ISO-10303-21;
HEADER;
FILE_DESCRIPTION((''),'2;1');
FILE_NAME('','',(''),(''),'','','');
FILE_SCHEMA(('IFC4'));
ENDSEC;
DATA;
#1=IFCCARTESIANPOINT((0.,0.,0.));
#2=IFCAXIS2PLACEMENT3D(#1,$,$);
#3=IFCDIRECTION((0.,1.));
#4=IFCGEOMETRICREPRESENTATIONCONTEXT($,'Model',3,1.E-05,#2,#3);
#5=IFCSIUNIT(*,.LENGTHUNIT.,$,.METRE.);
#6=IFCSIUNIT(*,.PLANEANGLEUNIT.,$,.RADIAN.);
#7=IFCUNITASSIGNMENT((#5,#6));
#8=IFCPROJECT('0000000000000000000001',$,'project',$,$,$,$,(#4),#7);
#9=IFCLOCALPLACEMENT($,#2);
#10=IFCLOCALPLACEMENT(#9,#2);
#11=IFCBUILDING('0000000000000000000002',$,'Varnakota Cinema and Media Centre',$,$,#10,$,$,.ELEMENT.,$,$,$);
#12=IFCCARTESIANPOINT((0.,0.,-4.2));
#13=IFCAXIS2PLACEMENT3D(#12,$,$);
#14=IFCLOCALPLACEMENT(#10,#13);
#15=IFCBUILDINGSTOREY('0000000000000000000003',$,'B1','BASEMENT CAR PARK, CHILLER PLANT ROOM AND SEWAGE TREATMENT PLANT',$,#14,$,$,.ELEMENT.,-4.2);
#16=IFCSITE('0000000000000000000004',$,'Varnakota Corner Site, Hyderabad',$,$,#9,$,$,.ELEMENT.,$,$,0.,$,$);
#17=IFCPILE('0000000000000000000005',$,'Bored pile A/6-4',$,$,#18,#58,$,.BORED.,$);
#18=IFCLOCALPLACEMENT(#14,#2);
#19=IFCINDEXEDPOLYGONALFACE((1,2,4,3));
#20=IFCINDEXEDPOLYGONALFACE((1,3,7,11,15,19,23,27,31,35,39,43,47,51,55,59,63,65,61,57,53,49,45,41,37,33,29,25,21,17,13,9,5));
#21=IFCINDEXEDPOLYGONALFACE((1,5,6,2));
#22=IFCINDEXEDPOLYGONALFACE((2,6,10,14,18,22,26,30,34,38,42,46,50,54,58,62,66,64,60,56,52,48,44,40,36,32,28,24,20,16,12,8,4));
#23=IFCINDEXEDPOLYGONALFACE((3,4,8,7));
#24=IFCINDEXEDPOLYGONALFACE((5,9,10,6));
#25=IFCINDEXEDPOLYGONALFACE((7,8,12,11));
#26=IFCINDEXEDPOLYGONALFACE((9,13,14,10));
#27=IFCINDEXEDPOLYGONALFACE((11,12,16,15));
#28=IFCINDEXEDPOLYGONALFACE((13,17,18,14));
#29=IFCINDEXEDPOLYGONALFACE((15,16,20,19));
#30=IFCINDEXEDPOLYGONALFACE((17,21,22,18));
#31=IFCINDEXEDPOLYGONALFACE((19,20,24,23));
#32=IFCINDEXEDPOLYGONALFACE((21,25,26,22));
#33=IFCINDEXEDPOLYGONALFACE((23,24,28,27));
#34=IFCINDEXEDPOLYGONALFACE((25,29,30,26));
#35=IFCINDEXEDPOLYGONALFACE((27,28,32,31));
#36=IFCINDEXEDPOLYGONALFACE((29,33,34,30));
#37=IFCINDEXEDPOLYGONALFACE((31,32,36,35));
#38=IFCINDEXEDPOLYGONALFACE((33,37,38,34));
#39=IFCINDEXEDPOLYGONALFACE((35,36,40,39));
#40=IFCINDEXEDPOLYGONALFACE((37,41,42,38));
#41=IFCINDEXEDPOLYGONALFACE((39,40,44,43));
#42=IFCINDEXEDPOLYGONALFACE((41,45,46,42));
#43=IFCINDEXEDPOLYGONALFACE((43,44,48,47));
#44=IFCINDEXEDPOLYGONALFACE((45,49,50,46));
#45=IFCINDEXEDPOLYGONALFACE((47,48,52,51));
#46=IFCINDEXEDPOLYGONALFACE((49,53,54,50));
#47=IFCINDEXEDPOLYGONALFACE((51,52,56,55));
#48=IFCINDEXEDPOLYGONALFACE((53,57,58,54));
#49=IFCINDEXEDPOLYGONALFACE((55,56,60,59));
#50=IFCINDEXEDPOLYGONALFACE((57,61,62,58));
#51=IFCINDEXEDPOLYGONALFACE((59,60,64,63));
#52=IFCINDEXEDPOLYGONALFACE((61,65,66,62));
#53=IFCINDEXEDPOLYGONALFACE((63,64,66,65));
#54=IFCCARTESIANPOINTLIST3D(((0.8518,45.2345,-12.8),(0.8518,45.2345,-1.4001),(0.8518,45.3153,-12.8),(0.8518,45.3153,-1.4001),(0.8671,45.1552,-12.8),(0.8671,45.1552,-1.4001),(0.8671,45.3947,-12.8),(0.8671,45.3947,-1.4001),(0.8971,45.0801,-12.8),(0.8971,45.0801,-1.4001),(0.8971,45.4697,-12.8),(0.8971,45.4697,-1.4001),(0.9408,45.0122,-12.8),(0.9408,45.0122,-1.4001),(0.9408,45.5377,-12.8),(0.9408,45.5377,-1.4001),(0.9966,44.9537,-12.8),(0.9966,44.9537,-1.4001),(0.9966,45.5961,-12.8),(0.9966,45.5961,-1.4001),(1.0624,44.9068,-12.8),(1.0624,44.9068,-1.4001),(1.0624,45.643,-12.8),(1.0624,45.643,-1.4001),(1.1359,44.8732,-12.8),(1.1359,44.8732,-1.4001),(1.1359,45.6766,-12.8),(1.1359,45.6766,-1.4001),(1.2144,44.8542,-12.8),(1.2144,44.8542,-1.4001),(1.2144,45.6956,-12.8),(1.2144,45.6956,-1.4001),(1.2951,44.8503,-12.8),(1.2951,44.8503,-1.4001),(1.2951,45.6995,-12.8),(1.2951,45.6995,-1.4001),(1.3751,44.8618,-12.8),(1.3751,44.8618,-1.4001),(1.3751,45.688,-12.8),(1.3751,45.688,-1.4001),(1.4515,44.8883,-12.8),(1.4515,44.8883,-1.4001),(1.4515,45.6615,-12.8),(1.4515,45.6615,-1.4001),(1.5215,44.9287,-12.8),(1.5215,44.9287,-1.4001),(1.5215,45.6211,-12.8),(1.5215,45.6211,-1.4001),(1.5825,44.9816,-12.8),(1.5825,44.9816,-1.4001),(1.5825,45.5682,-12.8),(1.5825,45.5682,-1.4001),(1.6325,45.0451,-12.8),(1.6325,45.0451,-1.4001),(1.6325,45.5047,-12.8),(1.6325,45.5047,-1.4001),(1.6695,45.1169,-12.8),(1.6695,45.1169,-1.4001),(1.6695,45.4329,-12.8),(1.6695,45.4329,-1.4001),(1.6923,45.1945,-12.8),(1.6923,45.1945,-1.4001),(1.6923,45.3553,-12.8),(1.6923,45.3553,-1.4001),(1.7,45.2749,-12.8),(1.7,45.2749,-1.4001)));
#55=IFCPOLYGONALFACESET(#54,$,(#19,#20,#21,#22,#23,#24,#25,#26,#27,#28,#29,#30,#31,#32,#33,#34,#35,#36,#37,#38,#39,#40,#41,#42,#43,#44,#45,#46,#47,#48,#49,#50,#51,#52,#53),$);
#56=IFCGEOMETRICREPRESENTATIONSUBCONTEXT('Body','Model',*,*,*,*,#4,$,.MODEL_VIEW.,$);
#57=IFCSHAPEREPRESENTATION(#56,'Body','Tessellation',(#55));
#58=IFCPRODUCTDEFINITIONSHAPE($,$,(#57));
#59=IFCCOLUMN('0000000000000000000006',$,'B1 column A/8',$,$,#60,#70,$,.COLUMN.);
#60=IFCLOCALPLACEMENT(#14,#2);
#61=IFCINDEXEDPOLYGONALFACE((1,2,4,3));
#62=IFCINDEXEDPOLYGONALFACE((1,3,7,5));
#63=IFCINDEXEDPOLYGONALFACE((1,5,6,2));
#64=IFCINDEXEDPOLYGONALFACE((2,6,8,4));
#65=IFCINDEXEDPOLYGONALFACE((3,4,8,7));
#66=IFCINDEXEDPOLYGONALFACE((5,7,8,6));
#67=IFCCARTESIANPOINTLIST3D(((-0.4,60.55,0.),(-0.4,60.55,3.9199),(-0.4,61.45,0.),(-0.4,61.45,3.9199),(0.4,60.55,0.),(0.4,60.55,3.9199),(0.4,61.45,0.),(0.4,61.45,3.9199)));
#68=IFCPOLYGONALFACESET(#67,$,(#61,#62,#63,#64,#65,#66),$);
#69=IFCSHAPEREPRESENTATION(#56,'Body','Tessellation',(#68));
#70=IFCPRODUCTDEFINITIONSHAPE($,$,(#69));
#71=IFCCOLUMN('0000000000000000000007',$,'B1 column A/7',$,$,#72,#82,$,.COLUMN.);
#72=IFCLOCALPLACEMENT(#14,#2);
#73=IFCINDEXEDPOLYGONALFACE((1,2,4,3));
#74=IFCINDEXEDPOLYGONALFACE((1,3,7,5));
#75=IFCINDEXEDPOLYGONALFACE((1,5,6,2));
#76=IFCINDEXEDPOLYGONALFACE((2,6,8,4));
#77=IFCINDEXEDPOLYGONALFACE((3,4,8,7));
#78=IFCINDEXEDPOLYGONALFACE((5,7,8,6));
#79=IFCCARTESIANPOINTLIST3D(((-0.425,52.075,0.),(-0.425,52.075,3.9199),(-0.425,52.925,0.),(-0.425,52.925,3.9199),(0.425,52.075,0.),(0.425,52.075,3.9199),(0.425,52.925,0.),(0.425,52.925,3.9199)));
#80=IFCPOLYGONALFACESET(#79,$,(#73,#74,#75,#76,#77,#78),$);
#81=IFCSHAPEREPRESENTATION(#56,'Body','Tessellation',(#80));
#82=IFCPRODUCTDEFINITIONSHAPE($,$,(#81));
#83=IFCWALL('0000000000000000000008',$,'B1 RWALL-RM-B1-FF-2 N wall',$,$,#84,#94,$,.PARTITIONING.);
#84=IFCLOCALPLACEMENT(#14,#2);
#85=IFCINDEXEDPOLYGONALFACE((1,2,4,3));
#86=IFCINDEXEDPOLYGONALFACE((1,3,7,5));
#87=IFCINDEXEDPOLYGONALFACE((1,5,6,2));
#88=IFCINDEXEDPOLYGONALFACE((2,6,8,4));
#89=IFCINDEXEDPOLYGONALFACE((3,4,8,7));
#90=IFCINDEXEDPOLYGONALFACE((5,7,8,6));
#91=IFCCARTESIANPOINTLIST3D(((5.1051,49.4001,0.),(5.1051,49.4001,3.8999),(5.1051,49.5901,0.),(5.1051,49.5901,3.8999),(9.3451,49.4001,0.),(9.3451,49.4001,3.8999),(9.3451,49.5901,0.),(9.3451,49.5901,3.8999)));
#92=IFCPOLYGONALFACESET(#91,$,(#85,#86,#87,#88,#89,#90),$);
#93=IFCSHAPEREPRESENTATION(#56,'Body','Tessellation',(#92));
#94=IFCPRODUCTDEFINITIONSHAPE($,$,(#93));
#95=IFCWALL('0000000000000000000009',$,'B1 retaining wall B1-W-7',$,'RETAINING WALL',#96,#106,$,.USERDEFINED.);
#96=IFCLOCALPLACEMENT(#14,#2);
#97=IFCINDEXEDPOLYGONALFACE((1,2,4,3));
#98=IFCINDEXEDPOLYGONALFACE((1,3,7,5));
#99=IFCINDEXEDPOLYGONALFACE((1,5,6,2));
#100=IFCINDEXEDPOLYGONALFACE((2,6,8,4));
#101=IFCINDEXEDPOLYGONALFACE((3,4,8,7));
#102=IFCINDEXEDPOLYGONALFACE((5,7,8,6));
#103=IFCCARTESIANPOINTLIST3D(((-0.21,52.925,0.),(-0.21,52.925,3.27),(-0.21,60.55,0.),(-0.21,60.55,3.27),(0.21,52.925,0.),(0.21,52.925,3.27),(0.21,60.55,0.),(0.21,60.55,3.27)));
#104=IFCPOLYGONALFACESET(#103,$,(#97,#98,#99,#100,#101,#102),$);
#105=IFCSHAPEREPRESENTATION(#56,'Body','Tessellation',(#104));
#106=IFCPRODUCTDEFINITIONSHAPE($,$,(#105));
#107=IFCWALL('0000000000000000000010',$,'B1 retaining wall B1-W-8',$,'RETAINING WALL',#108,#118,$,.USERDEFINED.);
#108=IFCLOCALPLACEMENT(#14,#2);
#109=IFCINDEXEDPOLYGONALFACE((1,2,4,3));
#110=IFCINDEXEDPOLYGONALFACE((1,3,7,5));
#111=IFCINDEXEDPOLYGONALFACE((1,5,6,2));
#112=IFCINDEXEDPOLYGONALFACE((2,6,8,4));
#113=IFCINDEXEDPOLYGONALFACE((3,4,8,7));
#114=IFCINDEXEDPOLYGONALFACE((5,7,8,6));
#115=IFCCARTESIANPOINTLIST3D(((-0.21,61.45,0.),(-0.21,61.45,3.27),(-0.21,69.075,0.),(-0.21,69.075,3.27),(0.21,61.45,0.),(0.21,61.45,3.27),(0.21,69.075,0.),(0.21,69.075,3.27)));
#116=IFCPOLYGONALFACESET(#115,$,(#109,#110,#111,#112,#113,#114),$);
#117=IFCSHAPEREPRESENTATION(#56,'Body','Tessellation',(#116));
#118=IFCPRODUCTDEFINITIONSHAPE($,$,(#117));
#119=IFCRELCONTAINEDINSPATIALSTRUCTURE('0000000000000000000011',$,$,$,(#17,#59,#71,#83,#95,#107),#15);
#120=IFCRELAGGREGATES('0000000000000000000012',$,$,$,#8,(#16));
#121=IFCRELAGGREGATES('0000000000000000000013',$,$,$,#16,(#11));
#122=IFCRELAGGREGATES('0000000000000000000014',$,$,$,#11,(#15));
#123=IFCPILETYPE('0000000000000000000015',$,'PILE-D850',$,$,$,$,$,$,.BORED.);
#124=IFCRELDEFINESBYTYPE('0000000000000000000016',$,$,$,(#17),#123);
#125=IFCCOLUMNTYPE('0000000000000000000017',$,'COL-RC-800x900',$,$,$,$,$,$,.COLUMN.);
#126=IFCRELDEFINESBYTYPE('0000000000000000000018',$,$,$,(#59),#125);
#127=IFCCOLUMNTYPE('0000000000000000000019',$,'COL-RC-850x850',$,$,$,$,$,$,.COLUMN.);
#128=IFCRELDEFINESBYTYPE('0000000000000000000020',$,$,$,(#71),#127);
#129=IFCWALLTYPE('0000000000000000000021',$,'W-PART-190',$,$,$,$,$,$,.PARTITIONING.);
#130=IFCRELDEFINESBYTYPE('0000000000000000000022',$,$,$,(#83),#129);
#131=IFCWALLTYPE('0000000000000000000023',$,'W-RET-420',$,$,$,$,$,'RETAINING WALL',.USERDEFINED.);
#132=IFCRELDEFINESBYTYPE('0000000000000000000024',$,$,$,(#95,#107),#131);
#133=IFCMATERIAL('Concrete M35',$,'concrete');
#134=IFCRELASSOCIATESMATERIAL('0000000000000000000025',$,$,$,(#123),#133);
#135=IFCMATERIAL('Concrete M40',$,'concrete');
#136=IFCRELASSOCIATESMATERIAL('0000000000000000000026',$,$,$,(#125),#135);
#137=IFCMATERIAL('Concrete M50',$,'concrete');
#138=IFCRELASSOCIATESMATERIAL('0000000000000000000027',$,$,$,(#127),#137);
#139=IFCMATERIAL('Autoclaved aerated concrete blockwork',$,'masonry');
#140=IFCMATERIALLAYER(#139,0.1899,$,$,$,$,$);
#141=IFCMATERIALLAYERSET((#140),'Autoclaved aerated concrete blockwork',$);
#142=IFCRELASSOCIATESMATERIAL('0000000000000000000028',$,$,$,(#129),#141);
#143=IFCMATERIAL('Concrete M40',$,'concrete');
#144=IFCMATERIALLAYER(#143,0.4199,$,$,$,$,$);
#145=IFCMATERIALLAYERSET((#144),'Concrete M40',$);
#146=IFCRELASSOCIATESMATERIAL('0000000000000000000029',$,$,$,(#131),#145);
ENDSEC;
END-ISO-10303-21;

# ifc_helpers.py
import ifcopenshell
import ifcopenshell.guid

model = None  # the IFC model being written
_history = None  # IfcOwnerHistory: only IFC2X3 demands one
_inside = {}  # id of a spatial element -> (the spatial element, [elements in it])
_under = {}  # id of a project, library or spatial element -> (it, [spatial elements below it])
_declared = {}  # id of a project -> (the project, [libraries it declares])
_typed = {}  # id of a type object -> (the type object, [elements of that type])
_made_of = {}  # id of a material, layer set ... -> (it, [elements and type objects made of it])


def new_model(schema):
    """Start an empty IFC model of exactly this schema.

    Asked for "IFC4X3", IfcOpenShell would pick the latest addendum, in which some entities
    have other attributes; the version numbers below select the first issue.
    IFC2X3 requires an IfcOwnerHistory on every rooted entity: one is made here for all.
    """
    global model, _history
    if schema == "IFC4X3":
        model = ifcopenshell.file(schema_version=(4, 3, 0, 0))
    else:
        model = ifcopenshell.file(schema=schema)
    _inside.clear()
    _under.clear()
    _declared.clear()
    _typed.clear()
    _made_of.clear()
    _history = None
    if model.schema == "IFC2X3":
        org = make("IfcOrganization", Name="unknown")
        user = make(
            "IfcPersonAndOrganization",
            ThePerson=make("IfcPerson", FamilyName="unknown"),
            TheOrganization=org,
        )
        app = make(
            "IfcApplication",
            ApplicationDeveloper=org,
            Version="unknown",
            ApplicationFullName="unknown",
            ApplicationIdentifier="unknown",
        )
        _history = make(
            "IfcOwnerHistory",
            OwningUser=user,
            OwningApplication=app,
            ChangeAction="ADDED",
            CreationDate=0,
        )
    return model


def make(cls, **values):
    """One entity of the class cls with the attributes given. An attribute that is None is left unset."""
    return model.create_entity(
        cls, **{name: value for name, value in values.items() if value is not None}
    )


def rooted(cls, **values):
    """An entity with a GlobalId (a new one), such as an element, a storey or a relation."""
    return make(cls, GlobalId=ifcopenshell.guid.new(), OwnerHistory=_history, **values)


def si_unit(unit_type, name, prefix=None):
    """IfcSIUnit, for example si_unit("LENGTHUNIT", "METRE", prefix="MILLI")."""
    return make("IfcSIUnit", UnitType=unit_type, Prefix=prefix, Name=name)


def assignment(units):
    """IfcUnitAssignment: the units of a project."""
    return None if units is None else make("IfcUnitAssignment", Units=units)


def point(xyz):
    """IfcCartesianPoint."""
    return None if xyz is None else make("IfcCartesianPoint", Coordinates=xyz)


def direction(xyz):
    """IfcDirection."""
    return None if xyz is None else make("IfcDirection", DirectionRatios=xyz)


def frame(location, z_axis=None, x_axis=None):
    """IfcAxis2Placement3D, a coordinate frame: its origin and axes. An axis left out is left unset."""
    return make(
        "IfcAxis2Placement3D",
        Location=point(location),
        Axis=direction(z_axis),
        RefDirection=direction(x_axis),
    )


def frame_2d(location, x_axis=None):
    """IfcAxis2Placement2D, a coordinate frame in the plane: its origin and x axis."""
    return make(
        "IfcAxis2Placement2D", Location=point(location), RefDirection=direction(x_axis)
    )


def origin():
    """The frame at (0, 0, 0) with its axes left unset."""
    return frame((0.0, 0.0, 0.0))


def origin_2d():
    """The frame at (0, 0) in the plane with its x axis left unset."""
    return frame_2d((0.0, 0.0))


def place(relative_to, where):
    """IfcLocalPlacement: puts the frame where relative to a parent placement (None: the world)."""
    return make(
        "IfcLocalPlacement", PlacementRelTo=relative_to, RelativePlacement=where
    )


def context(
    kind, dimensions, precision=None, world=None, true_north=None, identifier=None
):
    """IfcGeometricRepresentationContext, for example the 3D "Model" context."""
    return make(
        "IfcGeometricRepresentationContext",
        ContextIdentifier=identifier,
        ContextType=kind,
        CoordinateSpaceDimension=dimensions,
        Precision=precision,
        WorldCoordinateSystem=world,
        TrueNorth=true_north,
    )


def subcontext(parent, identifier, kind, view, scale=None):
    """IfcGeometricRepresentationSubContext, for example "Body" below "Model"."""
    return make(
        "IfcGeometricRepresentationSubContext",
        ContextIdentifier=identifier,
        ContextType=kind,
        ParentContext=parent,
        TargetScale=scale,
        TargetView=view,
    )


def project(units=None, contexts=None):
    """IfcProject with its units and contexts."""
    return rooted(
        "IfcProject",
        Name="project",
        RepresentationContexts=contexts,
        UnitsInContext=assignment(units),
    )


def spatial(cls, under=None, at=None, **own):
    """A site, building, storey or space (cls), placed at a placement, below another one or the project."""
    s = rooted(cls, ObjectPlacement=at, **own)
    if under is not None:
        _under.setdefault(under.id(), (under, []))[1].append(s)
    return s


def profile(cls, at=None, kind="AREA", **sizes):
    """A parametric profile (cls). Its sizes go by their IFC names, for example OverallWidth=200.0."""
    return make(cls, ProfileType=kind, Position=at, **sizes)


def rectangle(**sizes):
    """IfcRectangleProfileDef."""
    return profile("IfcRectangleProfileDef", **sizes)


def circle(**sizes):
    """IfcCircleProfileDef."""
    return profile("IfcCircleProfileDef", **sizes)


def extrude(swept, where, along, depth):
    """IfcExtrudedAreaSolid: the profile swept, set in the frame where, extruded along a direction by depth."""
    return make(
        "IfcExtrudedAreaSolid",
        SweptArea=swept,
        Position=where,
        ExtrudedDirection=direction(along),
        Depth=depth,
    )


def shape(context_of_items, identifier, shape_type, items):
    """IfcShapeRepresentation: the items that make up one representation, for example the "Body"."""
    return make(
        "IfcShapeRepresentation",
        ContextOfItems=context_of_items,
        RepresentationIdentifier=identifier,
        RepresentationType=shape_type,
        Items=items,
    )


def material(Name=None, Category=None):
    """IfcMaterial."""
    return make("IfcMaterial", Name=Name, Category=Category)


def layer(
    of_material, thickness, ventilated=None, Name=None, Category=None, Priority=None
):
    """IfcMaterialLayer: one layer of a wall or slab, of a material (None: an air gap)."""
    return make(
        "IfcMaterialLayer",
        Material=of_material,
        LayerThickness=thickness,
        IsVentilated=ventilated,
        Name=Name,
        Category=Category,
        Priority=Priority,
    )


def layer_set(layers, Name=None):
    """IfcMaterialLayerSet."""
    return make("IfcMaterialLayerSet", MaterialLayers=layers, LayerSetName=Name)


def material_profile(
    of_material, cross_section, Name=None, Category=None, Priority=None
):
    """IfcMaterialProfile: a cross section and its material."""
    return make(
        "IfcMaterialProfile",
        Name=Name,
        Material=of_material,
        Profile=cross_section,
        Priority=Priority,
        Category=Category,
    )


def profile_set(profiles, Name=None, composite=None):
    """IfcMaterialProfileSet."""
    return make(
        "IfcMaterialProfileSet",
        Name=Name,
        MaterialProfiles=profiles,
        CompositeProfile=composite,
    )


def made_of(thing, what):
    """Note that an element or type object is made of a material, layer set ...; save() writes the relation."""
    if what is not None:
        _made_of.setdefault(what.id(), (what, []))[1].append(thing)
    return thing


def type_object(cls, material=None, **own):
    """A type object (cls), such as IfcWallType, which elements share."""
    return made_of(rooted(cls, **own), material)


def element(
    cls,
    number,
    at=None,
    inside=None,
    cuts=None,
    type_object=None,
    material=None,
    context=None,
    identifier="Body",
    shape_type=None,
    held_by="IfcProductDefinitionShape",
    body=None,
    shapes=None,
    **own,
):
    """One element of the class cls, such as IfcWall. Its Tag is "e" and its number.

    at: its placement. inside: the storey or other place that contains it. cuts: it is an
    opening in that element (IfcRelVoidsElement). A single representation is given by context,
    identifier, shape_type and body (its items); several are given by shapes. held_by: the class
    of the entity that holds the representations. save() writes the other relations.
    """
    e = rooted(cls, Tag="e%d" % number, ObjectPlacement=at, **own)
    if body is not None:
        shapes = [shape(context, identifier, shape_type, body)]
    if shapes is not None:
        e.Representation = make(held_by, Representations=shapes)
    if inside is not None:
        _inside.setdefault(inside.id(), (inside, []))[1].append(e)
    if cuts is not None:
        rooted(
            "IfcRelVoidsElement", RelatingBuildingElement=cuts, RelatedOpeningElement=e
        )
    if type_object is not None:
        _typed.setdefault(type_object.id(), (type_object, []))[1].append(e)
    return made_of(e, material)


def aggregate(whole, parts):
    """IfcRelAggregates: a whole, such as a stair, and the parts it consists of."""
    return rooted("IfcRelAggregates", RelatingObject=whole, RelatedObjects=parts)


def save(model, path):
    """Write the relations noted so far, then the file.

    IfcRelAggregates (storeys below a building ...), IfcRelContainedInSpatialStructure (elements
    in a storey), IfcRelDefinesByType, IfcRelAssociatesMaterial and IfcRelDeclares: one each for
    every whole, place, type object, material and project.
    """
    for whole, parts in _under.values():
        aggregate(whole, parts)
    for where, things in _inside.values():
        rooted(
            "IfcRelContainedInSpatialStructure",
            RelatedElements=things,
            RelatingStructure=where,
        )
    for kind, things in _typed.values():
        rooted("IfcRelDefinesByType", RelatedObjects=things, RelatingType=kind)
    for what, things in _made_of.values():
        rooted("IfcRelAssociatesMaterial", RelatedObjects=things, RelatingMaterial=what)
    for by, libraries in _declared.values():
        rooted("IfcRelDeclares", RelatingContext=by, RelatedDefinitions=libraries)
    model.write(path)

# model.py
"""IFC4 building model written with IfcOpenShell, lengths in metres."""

from ifc_helpers import new_model, si_unit, direction, frame, frame_2d, origin, origin_2d, place, context, subcontext, project, spatial, rectangle, circle, extrude, material, layer, layer_set, material_profile, profile_set, type_object, element, save


model = new_model("IFC4")

# Units and contexts
model_context = context("Model", 3, precision=1e-05, world=origin(), true_north=direction((0.0, 1.0)))
body_context = subcontext(model_context, "Body", "Model", "MODEL_VIEW")
ifc_project = project(units=[si_unit("LENGTHUNIT", "METRE"), si_unit("PLANEANGLEUNIT", "RADIAN")], contexts=[model_context])

# Site, building, storey
site_placement = place(None, origin())
site = spatial("IfcSite", under=ifc_project, at=site_placement, Name="Varnakota Corner Site, Hyderabad", CompositionType="ELEMENT", RefElevation=0.0)
building_placement = place(site_placement, origin())
building = spatial("IfcBuilding", under=site, at=building_placement, Name="Varnakota Cinema and Media Centre", CompositionType="ELEMENT")
storey_placement = place(building_placement, frame((0.0, 0.0, -4.2)))
storey = spatial("IfcBuildingStorey", under=building, at=storey_placement, Name="B1", Description="BASEMENT CAR PARK, CHILLER PLANT ROOM AND SEWAGE TREATMENT PLANT", CompositionType="ELEMENT", Elevation=-4.2)

# Pile
ifc_material_1 = material(Name="Concrete M35", Category="concrete")
ifc_material_profile_1 = material_profile(ifc_material_1, circle(Radius=0.425, at=origin_2d()), Name="PILE D850")
ifc_profile_set_1 = profile_set([ifc_material_profile_1], Name="Concrete M35")
pile_type_1 = type_object("IfcPileType", Name="PILE-D850", PredefinedType="BORED", material=ifc_profile_set_1)
pile_placement = place(storey_placement, frame((1.2749, 45.2749, -1.4001), z_axis=(0.0, 0.0, -1.0), x_axis=(1.0, 0.0, 0.0)))
element("IfcPile", 1, at=pile_placement, inside=storey, type_object=pile_type_1, Name="Bored pile A/6-4", PredefinedType="BORED", context=body_context, shape_type="SweptSolid", body=[
    extrude(circle(Radius=0.425, at=origin_2d()), origin(), (0.0, 0.0, 1.0), 11.3999),
])

# Columns
ifc_material_2 = material(Name="Concrete M40", Category="concrete")
ifc_material_profile_2 = material_profile(ifc_material_2, rectangle(XDim=0.8, YDim=0.8999, at=origin_2d()), Name="RC 800x900")
ifc_profile_set_2 = profile_set([ifc_material_profile_2], Name="Concrete M40")
column_type_1 = type_object("IfcColumnType", Name="COL-RC-800x900", PredefinedType="COLUMN", material=ifc_profile_set_2)
column_1_placement = place(storey_placement, frame((0.0, 61.0, 0.0), z_axis=(0.0, 0.0, 1.0), x_axis=(1.0, 0.0, 0.0)))
element("IfcColumn", 2, at=column_1_placement, inside=storey, type_object=column_type_1, Name="B1 column A/8", PredefinedType="COLUMN", context=body_context, shape_type="SweptSolid", body=[
    extrude(rectangle(XDim=0.8, YDim=0.8999, at=origin_2d()), origin(), (0.0, 0.0, 1.0), 3.9199),
])
ifc_material_3 = material(Name="Concrete M50", Category="concrete")
ifc_material_profile_3 = material_profile(ifc_material_3, rectangle(XDim=0.8501, YDim=0.8501, at=origin_2d()), Name="RC 850x850")
ifc_profile_set_3 = profile_set([ifc_material_profile_3], Name="Concrete M50")
column_type_2 = type_object("IfcColumnType", Name="COL-RC-850x850", PredefinedType="COLUMN", material=ifc_profile_set_3)
column_2_placement = place(storey_placement, frame((0.0, 52.5, 0.0), z_axis=(0.0, 0.0, 1.0), x_axis=(1.0, 0.0, 0.0)))
element("IfcColumn", 3, at=column_2_placement, inside=storey, type_object=column_type_2, Name="B1 column A/7", PredefinedType="COLUMN", context=body_context, shape_type="SweptSolid", body=[
    extrude(rectangle(XDim=0.8501, YDim=0.8501, at=origin_2d()), origin(), (0.0, 0.0, 1.0), 3.9199),
])

# Walls
ifc_material_4 = material(Name="Autoclaved aerated concrete blockwork", Category="masonry")
ifc_layer_1 = layer(ifc_material_4, 0.1899)
ifc_layer_set_1 = layer_set([ifc_layer_1], Name="Autoclaved aerated concrete blockwork")
wall_type_1 = type_object("IfcWallType", Name="W-PART-190", PredefinedType="PARTITIONING", material=ifc_layer_set_1)
wall_placement = place(storey_placement, frame((5.105, 49.4951, 0.0), z_axis=(0.0, 0.0, 1.0), x_axis=(1.0, 0.0, 0.0)))
element("IfcWall", 4, at=wall_placement, inside=storey, type_object=wall_type_1, Name="B1 RWALL-RM-B1-FF-2 N wall", PredefinedType="PARTITIONING", context=body_context, shape_type="SweptSolid", body=[
    extrude(rectangle(XDim=4.24, YDim=0.1899, at=frame_2d((2.1201, 0.0))), origin(), (0.0, 0.0, 1.0), 3.8999),
])
ifc_material_5 = material(Name="Concrete M40", Category="concrete")
ifc_layer_2 = layer(ifc_material_5, 0.4199)
ifc_layer_set_2 = layer_set([ifc_layer_2], Name="Concrete M40")
wall_type_2 = type_object("IfcWallType", Name="W-RET-420", ElementType="RETAINING WALL", PredefinedType="USERDEFINED", material=ifc_layer_set_2)
for number, where, z_axis, x_axis, name in (
    (5, (0.0, 52.925, 0.0), (0.0, 0.0, 1.0), (0.0, 1.0, 0.0), "B1 retaining wall B1-W-7"),
    (6, (0.0, 61.45, 0.0), (0.0, 0.0, 1.0), (0.0, 1.0, 0.0), "B1 retaining wall B1-W-8"),
):
    element("IfcWall", number, at=place(storey_placement, frame(where, z_axis=z_axis, x_axis=x_axis)), inside=storey, type_object=wall_type_2, Name=name, ObjectType="RETAINING WALL", PredefinedType="USERDEFINED", context=body_context, shape_type="SweptSolid", body=[
        extrude(rectangle(XDim=7.625, YDim=0.4199, at=frame_2d((3.8125, 0.0))), origin(), (0.0, 0.0, 1.0), 3.27),
    ])

save(model, "model.ifc")
